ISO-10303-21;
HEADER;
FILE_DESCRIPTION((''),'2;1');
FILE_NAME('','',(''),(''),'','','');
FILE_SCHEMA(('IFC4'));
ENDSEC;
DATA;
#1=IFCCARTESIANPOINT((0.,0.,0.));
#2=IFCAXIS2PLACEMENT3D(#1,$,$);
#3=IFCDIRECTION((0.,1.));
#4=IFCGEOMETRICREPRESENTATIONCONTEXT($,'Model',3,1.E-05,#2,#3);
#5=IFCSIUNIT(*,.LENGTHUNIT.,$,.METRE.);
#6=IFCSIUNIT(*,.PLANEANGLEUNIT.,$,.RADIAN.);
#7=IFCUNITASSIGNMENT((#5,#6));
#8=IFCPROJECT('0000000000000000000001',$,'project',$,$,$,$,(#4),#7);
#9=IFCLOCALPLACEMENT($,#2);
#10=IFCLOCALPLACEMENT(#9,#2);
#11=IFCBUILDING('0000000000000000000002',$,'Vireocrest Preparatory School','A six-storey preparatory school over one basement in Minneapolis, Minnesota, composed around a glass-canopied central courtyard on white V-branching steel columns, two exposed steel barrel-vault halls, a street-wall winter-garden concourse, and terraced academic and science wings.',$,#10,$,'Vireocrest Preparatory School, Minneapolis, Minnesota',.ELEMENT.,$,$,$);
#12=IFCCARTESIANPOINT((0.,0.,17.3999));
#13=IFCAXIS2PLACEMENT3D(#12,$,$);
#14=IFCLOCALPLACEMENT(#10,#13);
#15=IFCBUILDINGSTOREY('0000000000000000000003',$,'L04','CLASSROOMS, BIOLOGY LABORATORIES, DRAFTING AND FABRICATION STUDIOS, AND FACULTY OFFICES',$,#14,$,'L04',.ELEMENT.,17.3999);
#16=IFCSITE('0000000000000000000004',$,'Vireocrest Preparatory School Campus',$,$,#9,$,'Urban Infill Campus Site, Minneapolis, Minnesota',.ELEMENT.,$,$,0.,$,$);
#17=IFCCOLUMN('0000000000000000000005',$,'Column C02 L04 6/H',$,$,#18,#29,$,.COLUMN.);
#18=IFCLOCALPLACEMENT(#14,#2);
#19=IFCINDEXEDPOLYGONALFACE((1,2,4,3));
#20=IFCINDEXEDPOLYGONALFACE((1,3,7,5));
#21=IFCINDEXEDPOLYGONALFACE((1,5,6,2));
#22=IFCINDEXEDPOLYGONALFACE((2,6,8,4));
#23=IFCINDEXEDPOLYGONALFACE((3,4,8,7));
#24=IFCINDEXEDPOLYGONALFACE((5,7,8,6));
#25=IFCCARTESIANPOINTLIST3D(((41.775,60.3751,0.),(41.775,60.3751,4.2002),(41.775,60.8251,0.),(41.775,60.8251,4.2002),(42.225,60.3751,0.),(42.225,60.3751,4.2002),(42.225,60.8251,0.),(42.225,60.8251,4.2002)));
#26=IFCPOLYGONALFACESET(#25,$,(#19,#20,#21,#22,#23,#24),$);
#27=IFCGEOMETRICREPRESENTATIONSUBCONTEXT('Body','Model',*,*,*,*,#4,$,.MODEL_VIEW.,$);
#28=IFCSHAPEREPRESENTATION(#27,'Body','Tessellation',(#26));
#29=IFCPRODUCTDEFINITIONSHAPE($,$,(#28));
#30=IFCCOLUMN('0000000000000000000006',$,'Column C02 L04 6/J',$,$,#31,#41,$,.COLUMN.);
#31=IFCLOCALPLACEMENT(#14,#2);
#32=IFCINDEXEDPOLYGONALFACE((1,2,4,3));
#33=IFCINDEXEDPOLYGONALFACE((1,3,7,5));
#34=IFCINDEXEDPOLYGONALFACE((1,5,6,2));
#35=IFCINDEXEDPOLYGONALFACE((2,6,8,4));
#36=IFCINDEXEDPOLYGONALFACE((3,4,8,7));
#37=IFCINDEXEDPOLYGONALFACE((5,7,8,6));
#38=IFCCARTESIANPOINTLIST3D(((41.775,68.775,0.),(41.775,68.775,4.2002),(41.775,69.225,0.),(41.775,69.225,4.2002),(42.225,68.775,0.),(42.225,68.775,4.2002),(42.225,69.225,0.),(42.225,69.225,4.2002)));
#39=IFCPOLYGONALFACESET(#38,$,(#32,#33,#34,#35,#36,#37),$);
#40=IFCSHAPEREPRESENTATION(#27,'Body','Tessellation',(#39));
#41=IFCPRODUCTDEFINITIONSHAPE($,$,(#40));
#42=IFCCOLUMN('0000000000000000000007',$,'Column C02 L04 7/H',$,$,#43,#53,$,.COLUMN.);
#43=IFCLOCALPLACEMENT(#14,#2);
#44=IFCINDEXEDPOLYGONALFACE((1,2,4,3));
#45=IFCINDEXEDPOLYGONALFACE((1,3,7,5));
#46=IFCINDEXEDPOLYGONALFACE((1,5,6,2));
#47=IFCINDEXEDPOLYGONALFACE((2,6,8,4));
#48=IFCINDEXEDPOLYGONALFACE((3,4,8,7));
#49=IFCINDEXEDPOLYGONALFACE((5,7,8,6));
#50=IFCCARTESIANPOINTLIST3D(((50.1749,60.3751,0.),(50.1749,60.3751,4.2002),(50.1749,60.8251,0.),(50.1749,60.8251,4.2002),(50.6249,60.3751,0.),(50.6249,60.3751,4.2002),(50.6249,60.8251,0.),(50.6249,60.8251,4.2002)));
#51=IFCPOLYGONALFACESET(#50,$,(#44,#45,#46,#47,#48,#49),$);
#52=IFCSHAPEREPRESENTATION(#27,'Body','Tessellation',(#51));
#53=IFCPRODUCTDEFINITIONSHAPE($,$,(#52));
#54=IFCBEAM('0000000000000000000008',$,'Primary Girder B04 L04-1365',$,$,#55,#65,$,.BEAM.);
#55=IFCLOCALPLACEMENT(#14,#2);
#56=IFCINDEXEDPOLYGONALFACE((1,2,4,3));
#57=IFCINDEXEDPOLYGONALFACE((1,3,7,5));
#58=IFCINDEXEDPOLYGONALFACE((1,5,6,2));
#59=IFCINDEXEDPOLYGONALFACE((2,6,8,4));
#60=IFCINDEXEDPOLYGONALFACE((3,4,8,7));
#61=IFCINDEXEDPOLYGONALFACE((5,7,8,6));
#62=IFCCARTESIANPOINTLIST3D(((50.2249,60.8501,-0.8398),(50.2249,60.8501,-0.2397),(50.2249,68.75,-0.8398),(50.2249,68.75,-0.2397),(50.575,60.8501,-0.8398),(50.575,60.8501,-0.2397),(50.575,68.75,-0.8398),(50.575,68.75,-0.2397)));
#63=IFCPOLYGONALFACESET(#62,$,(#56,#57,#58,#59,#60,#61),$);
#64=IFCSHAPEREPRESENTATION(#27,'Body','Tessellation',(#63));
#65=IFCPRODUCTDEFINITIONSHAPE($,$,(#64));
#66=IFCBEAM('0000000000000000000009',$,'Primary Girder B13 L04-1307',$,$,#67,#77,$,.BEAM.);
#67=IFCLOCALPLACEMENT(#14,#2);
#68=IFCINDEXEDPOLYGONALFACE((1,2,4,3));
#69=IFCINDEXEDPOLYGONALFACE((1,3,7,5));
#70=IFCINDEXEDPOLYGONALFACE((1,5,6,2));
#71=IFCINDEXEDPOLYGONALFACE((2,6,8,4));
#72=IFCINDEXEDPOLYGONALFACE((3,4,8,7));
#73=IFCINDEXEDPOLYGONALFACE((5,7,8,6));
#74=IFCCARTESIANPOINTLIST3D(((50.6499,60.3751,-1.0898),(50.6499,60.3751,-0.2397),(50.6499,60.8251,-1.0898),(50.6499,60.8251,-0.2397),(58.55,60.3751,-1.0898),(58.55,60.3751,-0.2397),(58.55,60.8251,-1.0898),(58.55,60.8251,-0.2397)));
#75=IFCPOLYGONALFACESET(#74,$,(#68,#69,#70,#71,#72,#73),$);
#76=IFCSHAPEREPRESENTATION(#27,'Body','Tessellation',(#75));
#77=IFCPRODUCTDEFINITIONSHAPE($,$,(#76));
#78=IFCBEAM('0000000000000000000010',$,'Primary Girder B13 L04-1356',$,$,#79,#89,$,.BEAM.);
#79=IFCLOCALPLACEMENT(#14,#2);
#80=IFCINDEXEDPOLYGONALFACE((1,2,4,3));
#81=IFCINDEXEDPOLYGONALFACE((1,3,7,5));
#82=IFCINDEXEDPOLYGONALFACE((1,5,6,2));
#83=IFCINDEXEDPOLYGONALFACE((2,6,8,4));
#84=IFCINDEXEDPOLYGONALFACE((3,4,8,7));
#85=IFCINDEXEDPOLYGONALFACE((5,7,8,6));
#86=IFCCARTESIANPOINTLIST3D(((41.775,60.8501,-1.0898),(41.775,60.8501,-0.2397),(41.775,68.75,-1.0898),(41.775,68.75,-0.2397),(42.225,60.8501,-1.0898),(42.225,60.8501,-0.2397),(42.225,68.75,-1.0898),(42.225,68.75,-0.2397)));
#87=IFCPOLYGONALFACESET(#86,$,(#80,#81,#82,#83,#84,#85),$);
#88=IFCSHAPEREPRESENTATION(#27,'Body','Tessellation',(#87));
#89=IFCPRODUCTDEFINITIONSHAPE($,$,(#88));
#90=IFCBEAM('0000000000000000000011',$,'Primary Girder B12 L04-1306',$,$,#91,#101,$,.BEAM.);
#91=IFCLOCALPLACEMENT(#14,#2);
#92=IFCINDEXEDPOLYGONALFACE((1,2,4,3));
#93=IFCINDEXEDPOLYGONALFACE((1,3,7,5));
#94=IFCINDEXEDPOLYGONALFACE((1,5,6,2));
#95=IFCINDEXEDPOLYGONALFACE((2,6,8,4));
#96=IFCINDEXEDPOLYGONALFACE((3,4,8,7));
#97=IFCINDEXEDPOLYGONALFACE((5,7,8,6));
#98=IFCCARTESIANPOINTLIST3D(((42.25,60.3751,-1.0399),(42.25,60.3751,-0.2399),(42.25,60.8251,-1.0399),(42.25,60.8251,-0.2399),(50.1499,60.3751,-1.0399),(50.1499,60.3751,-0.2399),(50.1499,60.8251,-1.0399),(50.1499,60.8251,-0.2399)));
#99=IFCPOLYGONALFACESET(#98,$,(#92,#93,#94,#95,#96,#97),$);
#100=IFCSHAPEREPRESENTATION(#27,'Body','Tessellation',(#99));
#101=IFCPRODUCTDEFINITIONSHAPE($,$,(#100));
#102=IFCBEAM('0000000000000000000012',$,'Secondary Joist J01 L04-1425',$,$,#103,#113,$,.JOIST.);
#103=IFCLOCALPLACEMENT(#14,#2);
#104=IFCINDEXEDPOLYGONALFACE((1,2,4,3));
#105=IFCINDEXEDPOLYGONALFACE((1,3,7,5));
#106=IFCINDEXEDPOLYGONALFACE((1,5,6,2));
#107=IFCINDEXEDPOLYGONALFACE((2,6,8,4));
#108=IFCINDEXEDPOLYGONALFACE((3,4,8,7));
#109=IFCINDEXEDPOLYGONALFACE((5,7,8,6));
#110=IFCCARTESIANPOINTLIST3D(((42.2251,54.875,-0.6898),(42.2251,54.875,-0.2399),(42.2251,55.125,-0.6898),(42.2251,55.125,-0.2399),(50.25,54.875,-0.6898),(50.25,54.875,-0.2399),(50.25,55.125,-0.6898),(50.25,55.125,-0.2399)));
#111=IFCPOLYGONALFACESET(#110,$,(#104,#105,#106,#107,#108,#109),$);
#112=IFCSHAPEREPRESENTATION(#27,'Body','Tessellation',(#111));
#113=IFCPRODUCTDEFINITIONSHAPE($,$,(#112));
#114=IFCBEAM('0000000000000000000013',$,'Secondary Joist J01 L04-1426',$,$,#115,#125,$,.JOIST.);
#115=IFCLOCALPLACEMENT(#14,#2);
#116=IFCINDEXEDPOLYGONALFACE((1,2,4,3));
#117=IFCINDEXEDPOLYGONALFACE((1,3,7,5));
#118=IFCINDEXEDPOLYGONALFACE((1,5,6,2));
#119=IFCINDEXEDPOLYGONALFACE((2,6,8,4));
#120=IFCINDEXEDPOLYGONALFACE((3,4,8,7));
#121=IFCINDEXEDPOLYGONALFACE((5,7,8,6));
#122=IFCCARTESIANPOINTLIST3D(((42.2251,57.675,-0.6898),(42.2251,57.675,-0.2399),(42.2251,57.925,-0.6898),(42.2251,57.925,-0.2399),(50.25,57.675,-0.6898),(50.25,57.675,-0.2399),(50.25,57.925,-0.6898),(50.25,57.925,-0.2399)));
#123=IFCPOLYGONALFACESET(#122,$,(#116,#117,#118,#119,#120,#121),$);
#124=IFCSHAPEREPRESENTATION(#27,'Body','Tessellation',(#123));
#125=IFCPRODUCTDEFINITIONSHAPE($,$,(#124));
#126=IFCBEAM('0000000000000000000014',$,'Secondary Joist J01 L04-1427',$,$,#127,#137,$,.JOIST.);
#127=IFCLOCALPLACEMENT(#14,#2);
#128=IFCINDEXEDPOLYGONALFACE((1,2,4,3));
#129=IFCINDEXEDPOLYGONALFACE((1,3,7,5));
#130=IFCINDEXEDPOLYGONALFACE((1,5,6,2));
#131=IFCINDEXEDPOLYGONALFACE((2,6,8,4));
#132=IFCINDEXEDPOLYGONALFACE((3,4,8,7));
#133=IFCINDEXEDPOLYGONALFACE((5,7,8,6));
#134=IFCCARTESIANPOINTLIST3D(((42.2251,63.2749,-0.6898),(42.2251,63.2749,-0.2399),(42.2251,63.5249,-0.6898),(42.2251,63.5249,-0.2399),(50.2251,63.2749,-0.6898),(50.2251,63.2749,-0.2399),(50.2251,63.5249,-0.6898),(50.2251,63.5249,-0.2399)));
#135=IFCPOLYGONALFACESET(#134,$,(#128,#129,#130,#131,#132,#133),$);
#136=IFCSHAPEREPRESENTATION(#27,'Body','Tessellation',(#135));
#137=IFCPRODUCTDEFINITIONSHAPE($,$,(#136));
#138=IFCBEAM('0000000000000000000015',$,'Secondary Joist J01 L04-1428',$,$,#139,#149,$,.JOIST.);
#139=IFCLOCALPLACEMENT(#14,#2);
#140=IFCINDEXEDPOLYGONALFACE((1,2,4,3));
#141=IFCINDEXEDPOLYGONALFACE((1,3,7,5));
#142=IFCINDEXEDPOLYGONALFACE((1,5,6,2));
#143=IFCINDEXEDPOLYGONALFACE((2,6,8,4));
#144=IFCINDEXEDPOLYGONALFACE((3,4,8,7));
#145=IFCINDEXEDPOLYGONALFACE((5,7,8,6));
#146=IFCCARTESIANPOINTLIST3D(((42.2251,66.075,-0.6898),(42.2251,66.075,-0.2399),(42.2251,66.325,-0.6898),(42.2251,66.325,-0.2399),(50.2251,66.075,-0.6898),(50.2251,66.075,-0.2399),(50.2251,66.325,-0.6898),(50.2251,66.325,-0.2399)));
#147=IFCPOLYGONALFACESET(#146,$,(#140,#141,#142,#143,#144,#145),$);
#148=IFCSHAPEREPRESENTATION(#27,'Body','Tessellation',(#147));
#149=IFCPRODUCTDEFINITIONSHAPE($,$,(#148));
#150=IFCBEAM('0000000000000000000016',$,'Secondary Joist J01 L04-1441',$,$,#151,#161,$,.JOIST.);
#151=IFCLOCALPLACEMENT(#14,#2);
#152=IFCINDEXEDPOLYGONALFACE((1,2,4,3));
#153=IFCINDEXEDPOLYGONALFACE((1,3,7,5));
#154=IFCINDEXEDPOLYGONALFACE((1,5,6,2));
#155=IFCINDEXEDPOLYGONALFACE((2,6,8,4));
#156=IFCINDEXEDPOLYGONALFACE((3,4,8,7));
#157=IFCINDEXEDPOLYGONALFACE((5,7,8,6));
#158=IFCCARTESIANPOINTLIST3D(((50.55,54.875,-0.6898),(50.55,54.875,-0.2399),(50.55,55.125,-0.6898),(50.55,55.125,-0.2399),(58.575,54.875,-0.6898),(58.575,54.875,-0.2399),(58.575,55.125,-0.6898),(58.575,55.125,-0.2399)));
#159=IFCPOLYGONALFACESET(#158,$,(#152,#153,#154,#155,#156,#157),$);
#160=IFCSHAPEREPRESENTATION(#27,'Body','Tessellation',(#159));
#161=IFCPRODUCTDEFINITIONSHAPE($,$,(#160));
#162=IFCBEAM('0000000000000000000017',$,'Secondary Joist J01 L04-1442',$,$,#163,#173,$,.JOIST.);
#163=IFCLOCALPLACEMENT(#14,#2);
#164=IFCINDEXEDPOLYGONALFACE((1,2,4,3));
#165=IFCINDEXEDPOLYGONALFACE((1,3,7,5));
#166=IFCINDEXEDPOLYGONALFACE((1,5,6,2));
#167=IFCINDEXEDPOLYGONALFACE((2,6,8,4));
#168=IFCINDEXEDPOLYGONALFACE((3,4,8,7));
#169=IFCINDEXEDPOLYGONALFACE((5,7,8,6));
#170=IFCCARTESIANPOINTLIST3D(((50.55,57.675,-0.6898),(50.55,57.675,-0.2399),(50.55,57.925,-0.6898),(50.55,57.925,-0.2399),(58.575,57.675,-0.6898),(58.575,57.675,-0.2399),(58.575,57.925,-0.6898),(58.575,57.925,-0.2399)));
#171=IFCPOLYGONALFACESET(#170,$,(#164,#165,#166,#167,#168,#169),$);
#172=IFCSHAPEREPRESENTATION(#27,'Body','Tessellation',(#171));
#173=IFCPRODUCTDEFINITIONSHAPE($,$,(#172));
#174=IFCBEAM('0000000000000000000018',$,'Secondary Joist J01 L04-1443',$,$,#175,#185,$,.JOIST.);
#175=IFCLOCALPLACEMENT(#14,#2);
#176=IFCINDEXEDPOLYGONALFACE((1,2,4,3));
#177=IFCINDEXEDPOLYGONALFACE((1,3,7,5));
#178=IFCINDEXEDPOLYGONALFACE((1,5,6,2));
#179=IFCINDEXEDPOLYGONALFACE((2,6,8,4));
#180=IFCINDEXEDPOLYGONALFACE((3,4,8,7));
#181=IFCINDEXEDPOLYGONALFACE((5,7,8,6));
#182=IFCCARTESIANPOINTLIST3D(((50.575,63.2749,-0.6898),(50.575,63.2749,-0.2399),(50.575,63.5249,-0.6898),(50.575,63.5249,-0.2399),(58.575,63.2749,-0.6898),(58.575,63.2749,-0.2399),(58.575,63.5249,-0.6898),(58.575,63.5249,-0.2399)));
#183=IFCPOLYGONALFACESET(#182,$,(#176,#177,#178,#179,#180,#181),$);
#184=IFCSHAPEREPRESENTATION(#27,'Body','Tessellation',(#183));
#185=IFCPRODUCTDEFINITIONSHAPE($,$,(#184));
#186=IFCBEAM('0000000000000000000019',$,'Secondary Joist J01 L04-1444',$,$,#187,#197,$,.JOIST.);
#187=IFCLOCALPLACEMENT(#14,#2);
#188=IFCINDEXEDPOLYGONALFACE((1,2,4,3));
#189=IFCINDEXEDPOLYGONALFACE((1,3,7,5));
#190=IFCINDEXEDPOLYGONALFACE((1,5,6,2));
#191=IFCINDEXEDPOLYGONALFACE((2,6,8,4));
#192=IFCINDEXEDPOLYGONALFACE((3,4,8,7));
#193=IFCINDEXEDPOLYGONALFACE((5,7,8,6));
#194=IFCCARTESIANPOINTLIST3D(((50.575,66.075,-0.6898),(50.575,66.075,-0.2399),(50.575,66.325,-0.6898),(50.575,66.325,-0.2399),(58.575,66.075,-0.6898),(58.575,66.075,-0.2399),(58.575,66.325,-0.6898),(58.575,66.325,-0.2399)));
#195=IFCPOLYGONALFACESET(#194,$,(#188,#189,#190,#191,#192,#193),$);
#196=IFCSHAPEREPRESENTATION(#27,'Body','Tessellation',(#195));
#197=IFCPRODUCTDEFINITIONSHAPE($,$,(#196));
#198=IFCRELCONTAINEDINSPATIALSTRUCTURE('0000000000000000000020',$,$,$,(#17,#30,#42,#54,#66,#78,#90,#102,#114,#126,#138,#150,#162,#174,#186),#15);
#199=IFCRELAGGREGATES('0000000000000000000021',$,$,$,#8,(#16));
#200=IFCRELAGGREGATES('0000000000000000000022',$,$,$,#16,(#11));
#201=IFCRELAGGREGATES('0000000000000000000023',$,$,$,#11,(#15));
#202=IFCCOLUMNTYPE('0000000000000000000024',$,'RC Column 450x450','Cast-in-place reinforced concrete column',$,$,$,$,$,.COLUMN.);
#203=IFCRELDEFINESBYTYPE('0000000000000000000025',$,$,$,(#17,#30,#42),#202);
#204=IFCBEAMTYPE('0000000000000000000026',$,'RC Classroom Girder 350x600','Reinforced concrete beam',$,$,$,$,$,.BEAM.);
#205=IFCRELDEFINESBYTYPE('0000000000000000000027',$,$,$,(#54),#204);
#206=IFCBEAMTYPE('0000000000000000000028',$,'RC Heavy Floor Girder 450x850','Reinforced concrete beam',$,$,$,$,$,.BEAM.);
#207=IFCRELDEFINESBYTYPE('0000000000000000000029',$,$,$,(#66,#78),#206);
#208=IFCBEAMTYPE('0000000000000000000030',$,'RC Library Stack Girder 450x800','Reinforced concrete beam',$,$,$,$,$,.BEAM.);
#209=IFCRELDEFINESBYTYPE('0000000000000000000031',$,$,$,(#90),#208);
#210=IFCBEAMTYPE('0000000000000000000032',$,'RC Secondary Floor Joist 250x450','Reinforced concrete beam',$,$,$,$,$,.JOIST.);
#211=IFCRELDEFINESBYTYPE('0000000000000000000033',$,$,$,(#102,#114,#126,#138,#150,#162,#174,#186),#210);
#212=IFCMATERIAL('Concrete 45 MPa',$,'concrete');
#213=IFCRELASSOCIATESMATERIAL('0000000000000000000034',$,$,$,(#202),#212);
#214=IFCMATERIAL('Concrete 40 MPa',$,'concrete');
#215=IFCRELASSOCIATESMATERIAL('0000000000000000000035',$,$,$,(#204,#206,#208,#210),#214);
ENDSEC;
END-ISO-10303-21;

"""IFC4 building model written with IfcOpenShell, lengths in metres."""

from ifc_helpers import new_model, si_unit, direction, frame, origin, origin_2d, place, context, subcontext, project, spatial, rectangle, extrude, material, material_profile, profile_set, type_object, element, save


model = new_model("IFC4")

# Units and contexts
model_context = context("Model", 3, precision=1e-05, world=origin(), true_north=direction((0.0, 1.0)))
body_context = subcontext(model_context, "Body", "Model", "MODEL_VIEW")
ifc_project = project(units=[si_unit("LENGTHUNIT", "METRE"), si_unit("PLANEANGLEUNIT", "RADIAN")], contexts=[model_context])

# Site, building, storey
site_placement = place(None, origin())
site = spatial("IfcSite", under=ifc_project, at=site_placement, Name="Vireocrest Preparatory School Campus", LongName="Urban Infill Campus Site, Minneapolis, Minnesota", CompositionType="ELEMENT", RefElevation=0.0)
building_placement = place(site_placement, origin())
building = spatial("IfcBuilding", under=site, at=building_placement, Name="Vireocrest Preparatory School", Description="A six-storey preparatory school over one basement in Minneapolis, Minnesota, composed around a glass-canopied central courtyard on white V-branching steel columns, two exposed steel barrel-vault halls, a street-wall winter-garden concourse, and terraced academic and science wings.", LongName="Vireocrest Preparatory School, Minneapolis, Minnesota", CompositionType="ELEMENT")
storey_placement = place(building_placement, frame((0.0, 0.0, 17.3999)))
storey = spatial("IfcBuildingStorey", under=building, at=storey_placement, Name="L04", Description="CLASSROOMS, BIOLOGY LABORATORIES, DRAFTING AND FABRICATION STUDIOS, AND FACULTY OFFICES", LongName="L04", CompositionType="ELEMENT", Elevation=17.3999)

# Columns
ifc_material_1 = material(Name="Concrete 45 MPa", Category="concrete")
ifc_material_profile_1 = material_profile(ifc_material_1, rectangle(XDim=0.45, YDim=0.45, at=origin_2d()), Name="RC 450x450")
ifc_profile_set_1 = profile_set([ifc_material_profile_1], Name="Concrete 45 MPa")
column_type = type_object("IfcColumnType", Name="RC Column 450x450", Description="Cast-in-place reinforced concrete column", PredefinedType="COLUMN", material=ifc_profile_set_1)
for number, where, z_axis, x_axis, name in (
    (1, (42.0, 60.6001, 0.0), (0.0, 0.0, 1.0), (1.0, 0.0, 0.0), "Column C02 L04 6/H"),
    (2, (42.0, 69.0, 0.0), (0.0, 0.0, 1.0), (1.0, 0.0, 0.0), "Column C02 L04 6/J"),
    (3, (50.3999, 60.6001, 0.0), (0.0, 0.0, 1.0), (1.0, 0.0, 0.0), "Column C02 L04 7/H"),
):
    element("IfcColumn", number, at=place(storey_placement, frame(where, z_axis=z_axis, x_axis=x_axis)), inside=storey, type_object=column_type, Name=name, PredefinedType="COLUMN", context=body_context, shape_type="SweptSolid", body=[
        extrude(rectangle(XDim=0.45, YDim=0.45, at=origin_2d()), origin(), (0.0, 0.0, 1.0), 4.2002),
    ])

# Beams
ifc_material_2 = material(Name="Concrete 40 MPa", Category="concrete")
ifc_material_profile_2 = material_profile(ifc_material_2, rectangle(XDim=0.3501, YDim=0.6001, at=origin_2d()), Name="RC 350x600")
ifc_profile_set_2 = profile_set([ifc_material_profile_2], Name="Concrete 40 MPa")
beam_type_1 = type_object("IfcBeamType", Name="RC Classroom Girder 350x600", Description="Reinforced concrete beam", PredefinedType="BEAM", material=ifc_profile_set_2)
beam_1_placement = place(storey_placement, frame((50.3999, 60.8501, -0.5398), z_axis=(0.0, 1.0, 0.0), x_axis=(-1.0, 0.0, 0.0)))
element("IfcBeam", 4, at=beam_1_placement, inside=storey, type_object=beam_type_1, Name="Primary Girder B04 L04-1365", PredefinedType="BEAM", context=body_context, shape_type="SweptSolid", body=[
    extrude(rectangle(XDim=0.3501, YDim=0.6001, at=origin_2d()), origin(), (0.0, 0.0, 1.0), 7.8999),
])
ifc_material_profile_3 = material_profile(ifc_material_2, rectangle(XDim=0.45, YDim=0.8501, at=origin_2d()), Name="RC 450x850")
ifc_profile_set_3 = profile_set([ifc_material_profile_3], Name="Concrete 40 MPa")
beam_type_2 = type_object("IfcBeamType", Name="RC Heavy Floor Girder 450x850", Description="Reinforced concrete beam", PredefinedType="BEAM", material=ifc_profile_set_3)
beam_2_placement = place(storey_placement, frame((50.6499, 60.6001, -0.6648), z_axis=(1.0, 0.0, 0.0), x_axis=(0.0, 1.0, 0.0)))
element("IfcBeam", 5, at=beam_2_placement, inside=storey, type_object=beam_type_2, Name="Primary Girder B13 L04-1307", PredefinedType="BEAM", context=body_context, shape_type="SweptSolid", body=[
    extrude(rectangle(XDim=0.45, YDim=0.8501, at=origin_2d()), origin(), (0.0, 0.0, 1.0), 7.9001),
])
beam_3_placement = place(storey_placement, frame((42.0, 60.8501, -0.6648), z_axis=(0.0, 1.0, 0.0), x_axis=(-1.0, 0.0, 0.0)))
element("IfcBeam", 6, at=beam_3_placement, inside=storey, type_object=beam_type_2, Name="Primary Girder B13 L04-1356", PredefinedType="BEAM", context=body_context, shape_type="SweptSolid", body=[
    extrude(rectangle(XDim=0.45, YDim=0.8501, at=origin_2d()), origin(), (0.0, 0.0, 1.0), 7.8999),
])
ifc_material_profile_4 = material_profile(ifc_material_2, rectangle(XDim=0.45, YDim=0.8, at=origin_2d()), Name="RC 450x800")
ifc_profile_set_4 = profile_set([ifc_material_profile_4], Name="Concrete 40 MPa")
beam_type_3 = type_object("IfcBeamType", Name="RC Library Stack Girder 450x800", Description="Reinforced concrete beam", PredefinedType="BEAM", material=ifc_profile_set_4)
beam_4_placement = place(storey_placement, frame((42.25, 60.6001, -0.6399), z_axis=(1.0, 0.0, 0.0), x_axis=(0.0, 1.0, 0.0)))
element("IfcBeam", 7, at=beam_4_placement, inside=storey, type_object=beam_type_3, Name="Primary Girder B12 L04-1306", PredefinedType="BEAM", context=body_context, shape_type="SweptSolid", body=[
    extrude(rectangle(XDim=0.45, YDim=0.8, at=origin_2d()), origin(), (0.0, 0.0, 1.0), 7.8999),
])
ifc_material_profile_5 = material_profile(ifc_material_2, rectangle(XDim=0.25, YDim=0.45, at=origin_2d()), Name="RC 250x450")
ifc_profile_set_5 = profile_set([ifc_material_profile_5], Name="Concrete 40 MPa")
beam_type_4 = type_object("IfcBeamType", Name="RC Secondary Floor Joist 250x450", Description="Reinforced concrete beam", PredefinedType="JOIST", material=ifc_profile_set_5)
for number, where, z_axis, x_axis, name in (
    (8, (42.2251, 55.0, -0.4648), (1.0, 0.0, 0.0), (0.0, 1.0, 0.0), "Secondary Joist J01 L04-1425"),
    (9, (42.2251, 57.8, -0.4648), (1.0, 0.0, 0.0), (0.0, 1.0, 0.0), "Secondary Joist J01 L04-1426"),
):
    element("IfcBeam", number, at=place(storey_placement, frame(where, z_axis=z_axis, x_axis=x_axis)), inside=storey, type_object=beam_type_4, Name=name, PredefinedType="JOIST", context=body_context, shape_type="SweptSolid", body=[
        extrude(rectangle(XDim=0.25, YDim=0.45, at=origin_2d()), origin(), (0.0, 0.0, 1.0), 8.0249),
    ])
for number, where, z_axis, x_axis, name in (
    (10, (42.2251, 63.3999, -0.4648), (1.0, 0.0, 0.0), (0.0, 1.0, 0.0), "Secondary Joist J01 L04-1427"),
    (11, (42.2251, 66.2, -0.4648), (1.0, 0.0, 0.0), (0.0, 1.0, 0.0), "Secondary Joist J01 L04-1428"),
):
    element("IfcBeam", number, at=place(storey_placement, frame(where, z_axis=z_axis, x_axis=x_axis)), inside=storey, type_object=beam_type_4, Name=name, PredefinedType="JOIST", context=body_context, shape_type="SweptSolid", body=[
        extrude(rectangle(XDim=0.25, YDim=0.45, at=origin_2d()), origin(), (0.0, 0.0, 1.0), 8.0),
    ])
for number, where, z_axis, x_axis, name in (
    (12, (50.55, 55.0, -0.4648), (1.0, 0.0, 0.0), (0.0, 1.0, 0.0), "Secondary Joist J01 L04-1441"),
    (13, (50.55, 57.8, -0.4648), (1.0, 0.0, 0.0), (0.0, 1.0, 0.0), "Secondary Joist J01 L04-1442"),
):
    element("IfcBeam", number, at=place(storey_placement, frame(where, z_axis=z_axis, x_axis=x_axis)), inside=storey, type_object=beam_type_4, Name=name, PredefinedType="JOIST", context=body_context, shape_type="SweptSolid", body=[
        extrude(rectangle(XDim=0.25, YDim=0.45, at=origin_2d()), origin(), (0.0, 0.0, 1.0), 8.0249),
    ])
for number, where, z_axis, x_axis, name in (
    (14, (50.575, 63.3999, -0.4648), (1.0, 0.0, 0.0), (0.0, 1.0, 0.0), "Secondary Joist J01 L04-1443"),
    (15, (50.575, 66.2, -0.4648), (1.0, 0.0, 0.0), (0.0, 1.0, 0.0), "Secondary Joist J01 L04-1444"),
):
    element("IfcBeam", number, at=place(storey_placement, frame(where, z_axis=z_axis, x_axis=x_axis)), inside=storey, type_object=beam_type_4, Name=name, PredefinedType="JOIST", context=body_context, shape_type="SweptSolid", body=[
        extrude(rectangle(XDim=0.25, YDim=0.45, at=origin_2d()), origin(), (0.0, 0.0, 1.0), 8.0),
    ])

save(model, "model.ifc")
